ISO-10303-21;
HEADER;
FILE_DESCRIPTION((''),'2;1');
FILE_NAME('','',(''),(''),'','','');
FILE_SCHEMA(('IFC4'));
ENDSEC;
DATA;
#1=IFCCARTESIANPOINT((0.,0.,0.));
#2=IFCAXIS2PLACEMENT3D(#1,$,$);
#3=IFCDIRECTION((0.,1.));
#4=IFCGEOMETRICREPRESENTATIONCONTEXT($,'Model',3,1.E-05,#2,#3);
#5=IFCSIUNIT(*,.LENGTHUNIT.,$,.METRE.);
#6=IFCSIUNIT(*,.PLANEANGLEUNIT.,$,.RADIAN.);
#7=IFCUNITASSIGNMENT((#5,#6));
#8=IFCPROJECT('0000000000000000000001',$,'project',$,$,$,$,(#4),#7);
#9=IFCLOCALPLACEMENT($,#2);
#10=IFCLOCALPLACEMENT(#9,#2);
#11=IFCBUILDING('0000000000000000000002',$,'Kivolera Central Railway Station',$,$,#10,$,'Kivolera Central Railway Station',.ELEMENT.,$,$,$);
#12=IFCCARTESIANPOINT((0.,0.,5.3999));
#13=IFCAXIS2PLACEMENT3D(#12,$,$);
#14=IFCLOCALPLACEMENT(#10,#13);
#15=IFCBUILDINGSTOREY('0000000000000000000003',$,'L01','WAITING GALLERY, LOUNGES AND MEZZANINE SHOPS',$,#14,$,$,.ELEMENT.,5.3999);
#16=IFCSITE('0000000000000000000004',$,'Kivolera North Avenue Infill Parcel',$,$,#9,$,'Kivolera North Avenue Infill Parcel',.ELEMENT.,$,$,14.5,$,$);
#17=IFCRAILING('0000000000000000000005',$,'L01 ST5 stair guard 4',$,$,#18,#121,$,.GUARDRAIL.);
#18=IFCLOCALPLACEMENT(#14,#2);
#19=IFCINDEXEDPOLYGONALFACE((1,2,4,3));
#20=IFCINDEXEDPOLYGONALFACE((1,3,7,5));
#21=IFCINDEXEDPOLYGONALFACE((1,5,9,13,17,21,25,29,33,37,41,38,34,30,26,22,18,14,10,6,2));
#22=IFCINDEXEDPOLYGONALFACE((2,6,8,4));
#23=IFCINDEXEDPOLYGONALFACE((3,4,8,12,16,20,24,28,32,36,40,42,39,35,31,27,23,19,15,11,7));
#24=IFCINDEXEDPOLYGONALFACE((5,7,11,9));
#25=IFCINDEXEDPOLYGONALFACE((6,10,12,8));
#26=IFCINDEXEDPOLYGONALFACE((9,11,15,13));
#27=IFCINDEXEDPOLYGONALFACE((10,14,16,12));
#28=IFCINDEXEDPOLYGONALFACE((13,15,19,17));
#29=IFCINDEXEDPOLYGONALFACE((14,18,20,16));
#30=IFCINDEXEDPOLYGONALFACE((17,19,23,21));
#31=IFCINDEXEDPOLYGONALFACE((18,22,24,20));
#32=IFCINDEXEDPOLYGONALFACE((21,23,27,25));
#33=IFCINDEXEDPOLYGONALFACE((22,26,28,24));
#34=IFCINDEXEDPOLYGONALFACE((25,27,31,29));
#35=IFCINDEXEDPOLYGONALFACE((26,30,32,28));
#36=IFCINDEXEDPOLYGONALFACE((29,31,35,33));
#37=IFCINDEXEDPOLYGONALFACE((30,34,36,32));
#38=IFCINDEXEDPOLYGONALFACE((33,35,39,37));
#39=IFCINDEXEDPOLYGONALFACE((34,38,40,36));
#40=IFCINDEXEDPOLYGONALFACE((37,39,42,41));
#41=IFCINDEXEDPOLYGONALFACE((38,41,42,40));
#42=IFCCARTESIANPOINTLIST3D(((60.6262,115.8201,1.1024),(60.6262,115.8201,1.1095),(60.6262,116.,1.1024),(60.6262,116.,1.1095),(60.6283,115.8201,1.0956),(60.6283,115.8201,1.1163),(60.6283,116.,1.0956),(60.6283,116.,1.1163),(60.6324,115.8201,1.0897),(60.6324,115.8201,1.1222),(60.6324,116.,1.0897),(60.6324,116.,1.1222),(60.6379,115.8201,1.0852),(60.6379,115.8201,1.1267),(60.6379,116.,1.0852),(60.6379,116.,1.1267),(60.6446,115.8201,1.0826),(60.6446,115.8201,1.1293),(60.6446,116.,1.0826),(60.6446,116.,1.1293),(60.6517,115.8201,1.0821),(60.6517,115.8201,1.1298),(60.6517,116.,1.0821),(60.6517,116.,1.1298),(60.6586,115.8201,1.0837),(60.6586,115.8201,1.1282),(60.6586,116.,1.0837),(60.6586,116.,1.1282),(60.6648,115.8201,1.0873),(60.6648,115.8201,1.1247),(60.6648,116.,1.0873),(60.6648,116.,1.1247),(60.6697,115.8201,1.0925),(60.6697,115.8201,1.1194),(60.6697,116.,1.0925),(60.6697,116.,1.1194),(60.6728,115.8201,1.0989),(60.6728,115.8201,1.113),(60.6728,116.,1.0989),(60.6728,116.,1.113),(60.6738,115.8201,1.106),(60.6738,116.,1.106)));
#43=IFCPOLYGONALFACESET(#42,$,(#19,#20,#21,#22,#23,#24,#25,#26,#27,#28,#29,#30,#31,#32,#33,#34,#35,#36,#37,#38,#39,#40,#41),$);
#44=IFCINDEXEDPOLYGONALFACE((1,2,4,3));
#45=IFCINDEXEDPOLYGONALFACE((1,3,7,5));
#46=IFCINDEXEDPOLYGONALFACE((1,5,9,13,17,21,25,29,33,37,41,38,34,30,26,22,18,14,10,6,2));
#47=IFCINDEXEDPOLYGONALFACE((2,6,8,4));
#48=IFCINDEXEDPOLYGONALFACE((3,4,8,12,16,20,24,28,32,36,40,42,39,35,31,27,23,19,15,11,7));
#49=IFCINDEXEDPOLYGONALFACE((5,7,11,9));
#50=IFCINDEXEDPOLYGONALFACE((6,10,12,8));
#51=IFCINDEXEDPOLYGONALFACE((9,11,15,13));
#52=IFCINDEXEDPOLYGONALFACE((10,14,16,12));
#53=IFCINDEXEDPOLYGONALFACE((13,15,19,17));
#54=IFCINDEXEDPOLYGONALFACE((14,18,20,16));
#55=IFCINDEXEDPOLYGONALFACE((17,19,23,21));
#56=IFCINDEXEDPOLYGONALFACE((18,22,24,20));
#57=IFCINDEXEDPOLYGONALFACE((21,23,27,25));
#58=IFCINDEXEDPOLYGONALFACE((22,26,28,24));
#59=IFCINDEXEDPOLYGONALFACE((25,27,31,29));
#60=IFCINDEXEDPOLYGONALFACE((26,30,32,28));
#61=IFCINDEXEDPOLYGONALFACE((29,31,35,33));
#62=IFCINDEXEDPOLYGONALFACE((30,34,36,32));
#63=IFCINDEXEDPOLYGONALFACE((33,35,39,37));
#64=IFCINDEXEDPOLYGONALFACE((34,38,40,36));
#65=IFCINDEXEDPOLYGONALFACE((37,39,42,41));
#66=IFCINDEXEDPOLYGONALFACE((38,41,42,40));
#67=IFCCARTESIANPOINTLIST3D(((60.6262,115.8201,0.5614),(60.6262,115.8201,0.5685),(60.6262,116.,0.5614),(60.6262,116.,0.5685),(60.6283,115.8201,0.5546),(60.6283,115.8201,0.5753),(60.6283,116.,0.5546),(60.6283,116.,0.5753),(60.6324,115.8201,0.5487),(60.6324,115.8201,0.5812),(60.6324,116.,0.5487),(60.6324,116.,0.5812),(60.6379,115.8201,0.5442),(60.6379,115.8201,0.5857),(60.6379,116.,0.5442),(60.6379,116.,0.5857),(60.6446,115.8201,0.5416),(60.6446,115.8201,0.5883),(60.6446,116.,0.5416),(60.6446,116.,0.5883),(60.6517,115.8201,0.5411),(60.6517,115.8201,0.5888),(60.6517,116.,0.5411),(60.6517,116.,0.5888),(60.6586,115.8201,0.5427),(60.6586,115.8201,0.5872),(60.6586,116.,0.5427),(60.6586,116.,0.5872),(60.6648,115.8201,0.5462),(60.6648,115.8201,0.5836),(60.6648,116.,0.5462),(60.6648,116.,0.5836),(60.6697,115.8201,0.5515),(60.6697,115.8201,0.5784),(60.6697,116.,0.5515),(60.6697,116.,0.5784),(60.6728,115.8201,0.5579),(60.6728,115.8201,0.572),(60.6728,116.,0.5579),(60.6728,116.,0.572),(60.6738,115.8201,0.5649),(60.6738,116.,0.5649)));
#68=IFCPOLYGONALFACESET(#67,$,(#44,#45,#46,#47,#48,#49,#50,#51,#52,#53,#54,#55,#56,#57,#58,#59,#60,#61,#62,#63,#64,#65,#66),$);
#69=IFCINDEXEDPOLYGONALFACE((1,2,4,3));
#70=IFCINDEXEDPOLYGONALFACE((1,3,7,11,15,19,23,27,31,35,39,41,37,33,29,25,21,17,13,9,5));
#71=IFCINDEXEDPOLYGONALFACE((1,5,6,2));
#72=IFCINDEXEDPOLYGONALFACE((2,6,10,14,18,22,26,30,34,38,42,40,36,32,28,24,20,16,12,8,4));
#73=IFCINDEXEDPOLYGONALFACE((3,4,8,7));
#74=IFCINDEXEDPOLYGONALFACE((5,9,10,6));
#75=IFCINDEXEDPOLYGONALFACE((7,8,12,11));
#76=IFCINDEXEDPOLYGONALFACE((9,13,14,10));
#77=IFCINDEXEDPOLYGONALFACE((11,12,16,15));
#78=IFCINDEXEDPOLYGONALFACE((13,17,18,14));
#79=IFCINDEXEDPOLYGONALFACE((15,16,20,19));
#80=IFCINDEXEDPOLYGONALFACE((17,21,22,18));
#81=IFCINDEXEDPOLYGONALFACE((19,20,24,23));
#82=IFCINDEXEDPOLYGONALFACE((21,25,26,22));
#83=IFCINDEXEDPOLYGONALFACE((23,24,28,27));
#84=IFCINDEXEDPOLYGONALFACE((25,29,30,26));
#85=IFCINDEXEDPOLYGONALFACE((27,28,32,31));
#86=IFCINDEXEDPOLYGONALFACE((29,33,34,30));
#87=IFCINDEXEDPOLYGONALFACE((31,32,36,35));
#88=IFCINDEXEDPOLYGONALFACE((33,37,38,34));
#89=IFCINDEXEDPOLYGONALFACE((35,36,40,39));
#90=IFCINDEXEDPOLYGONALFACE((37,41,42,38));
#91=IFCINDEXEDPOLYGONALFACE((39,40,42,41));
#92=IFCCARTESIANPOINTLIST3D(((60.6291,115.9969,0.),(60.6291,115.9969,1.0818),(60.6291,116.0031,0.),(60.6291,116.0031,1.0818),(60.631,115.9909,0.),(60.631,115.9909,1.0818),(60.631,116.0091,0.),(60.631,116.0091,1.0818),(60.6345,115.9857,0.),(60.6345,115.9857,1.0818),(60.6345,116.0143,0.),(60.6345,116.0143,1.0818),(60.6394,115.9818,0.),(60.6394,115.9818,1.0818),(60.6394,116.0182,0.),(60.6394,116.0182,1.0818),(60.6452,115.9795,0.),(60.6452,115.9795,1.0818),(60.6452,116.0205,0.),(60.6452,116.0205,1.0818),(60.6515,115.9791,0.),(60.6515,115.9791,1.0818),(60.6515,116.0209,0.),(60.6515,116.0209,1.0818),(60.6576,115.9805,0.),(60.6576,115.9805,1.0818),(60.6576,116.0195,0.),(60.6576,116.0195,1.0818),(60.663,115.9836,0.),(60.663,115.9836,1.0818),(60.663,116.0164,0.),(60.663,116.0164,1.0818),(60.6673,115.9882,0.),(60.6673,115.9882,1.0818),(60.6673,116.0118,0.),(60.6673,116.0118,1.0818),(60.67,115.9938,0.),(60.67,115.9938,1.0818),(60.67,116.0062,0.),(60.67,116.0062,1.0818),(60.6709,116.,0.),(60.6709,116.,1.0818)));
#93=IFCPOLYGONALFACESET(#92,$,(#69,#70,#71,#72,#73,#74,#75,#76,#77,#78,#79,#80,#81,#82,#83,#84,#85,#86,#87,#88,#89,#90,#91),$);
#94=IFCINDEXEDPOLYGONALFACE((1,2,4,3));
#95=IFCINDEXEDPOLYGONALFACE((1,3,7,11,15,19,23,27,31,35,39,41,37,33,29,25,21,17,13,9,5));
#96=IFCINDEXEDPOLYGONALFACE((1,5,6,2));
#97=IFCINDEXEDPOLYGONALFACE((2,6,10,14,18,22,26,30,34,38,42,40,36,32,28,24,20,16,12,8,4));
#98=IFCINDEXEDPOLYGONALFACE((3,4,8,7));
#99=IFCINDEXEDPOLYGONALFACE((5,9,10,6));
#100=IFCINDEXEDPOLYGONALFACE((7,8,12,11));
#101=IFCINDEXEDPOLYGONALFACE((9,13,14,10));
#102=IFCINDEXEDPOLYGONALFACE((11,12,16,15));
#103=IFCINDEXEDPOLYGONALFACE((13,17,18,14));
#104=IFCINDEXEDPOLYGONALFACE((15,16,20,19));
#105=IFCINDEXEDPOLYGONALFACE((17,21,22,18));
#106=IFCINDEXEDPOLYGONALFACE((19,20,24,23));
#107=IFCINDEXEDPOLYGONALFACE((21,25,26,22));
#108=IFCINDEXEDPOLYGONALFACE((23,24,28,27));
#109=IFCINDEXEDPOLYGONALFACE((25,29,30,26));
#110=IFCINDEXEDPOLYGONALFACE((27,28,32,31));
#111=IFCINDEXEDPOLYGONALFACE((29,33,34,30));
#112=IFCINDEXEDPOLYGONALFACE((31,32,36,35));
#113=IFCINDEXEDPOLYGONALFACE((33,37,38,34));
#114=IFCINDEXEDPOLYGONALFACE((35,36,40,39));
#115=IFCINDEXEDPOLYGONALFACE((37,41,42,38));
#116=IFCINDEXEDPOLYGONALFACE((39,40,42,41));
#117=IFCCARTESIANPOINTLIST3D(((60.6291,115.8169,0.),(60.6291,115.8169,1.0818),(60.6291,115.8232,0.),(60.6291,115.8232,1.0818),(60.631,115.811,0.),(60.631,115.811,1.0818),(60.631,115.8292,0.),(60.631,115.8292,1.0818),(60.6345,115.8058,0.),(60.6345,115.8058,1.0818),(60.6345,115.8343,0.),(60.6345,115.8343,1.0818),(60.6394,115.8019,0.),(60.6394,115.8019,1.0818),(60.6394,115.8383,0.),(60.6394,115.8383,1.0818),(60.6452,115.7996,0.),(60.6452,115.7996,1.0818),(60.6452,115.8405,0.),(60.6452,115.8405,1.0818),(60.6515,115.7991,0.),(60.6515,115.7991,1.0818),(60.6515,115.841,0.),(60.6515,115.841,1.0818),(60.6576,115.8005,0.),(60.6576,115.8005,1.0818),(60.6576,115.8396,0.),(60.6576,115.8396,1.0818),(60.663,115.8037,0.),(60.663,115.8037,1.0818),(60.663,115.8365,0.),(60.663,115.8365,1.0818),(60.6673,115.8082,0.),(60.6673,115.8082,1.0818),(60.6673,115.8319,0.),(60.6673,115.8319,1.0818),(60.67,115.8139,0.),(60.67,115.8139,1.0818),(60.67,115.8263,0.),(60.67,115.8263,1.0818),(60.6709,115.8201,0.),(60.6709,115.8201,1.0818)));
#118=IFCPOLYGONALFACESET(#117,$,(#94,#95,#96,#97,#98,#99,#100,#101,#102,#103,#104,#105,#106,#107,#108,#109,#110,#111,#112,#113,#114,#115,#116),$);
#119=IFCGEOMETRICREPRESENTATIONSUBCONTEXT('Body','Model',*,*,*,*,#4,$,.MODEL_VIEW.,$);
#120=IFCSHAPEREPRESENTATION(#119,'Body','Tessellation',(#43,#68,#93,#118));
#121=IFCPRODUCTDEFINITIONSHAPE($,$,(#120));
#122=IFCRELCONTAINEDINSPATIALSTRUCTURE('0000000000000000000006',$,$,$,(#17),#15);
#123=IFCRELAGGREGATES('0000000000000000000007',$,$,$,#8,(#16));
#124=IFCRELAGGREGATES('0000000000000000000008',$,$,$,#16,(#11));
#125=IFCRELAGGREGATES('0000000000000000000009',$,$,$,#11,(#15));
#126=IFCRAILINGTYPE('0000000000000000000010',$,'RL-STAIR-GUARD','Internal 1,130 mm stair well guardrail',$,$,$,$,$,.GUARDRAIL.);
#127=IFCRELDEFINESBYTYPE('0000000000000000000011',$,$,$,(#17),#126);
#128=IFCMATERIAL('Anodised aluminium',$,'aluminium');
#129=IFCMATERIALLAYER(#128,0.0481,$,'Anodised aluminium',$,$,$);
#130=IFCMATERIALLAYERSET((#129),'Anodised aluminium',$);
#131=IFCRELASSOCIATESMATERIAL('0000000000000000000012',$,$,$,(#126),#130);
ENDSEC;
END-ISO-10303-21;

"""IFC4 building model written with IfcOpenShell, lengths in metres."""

from ifc_helpers import new_model, si_unit, direction, frame, origin, origin_2d, place, context, subcontext, project, spatial, circle, extrude, material, layer, layer_set, type_object, element, save


model = new_model("IFC4")

# Units and contexts
model_context = context("Model", 3, precision=1e-05, world=origin(), true_north=direction((0.0, 1.0)))
body_context = subcontext(model_context, "Body", "Model", "MODEL_VIEW")
ifc_project = project(units=[si_unit("LENGTHUNIT", "METRE"), si_unit("PLANEANGLEUNIT", "RADIAN")], contexts=[model_context])

# Site, building, storey
site_placement = place(None, origin())
site = spatial("IfcSite", under=ifc_project, at=site_placement, Name="Kivolera North Avenue Infill Parcel", LongName="Kivolera North Avenue Infill Parcel", CompositionType="ELEMENT", RefElevation=14.5)
building_placement = place(site_placement, origin())
building = spatial("IfcBuilding", under=site, at=building_placement, Name="Kivolera Central Railway Station", LongName="Kivolera Central Railway Station", CompositionType="ELEMENT")
storey_placement = place(building_placement, frame((0.0, 0.0, 5.3999)))
storey = spatial("IfcBuildingStorey", under=building, at=storey_placement, Name="L01", Description="WAITING GALLERY, LOUNGES AND MEZZANINE SHOPS", CompositionType="ELEMENT", Elevation=5.3999)

# Shared definitions
ifc_material_1 = material(Name="Anodised aluminium", Category="aluminium")

# Railing
ifc_layer_1 = layer(ifc_material_1, 0.0481, Name="Anodised aluminium")
ifc_layer_set_1 = layer_set([ifc_layer_1], Name="Anodised aluminium")
railing_type_1 = type_object("IfcRailingType", Name="RL-STAIR-GUARD", Description="Internal 1,130 mm stair well guardrail", PredefinedType="GUARDRAIL", material=ifc_layer_set_1)
railing_1_placement = place(storey_placement, frame((60.6499, 116.0, 0.0)))
element("IfcRailing", 1, at=railing_1_placement, inside=storey, type_object=railing_type_1, Name="L01 ST5 stair guard 4", PredefinedType="GUARDRAIL", context=body_context, shape_type="SweptSolid", body=[
    extrude(circle(Radius=0.0239, at=origin_2d()), frame((0.0, 0.0, 1.106), z_axis=(0.0, -1.0, 0.0), x_axis=(1.0, 0.0, 0.0)), (0.0, 0.0, 1.0), 0.1799),
    extrude(circle(Radius=0.0239, at=origin_2d()), frame((0.0, 0.0, 0.5649), z_axis=(0.0, -1.0, 0.0), x_axis=(1.0, 0.0, 0.0)), (0.0, 0.0, 1.0), 0.1799),
    extrude(circle(Radius=0.021, at=origin_2d()), origin(), (0.0, 0.0, 1.0), 1.0818),
    extrude(circle(Radius=0.021, at=origin_2d()), frame((0.0, -0.1799, 0.0)), (0.0, 0.0, 1.0), 1.0818),
])

save(model, "model.ifc")
